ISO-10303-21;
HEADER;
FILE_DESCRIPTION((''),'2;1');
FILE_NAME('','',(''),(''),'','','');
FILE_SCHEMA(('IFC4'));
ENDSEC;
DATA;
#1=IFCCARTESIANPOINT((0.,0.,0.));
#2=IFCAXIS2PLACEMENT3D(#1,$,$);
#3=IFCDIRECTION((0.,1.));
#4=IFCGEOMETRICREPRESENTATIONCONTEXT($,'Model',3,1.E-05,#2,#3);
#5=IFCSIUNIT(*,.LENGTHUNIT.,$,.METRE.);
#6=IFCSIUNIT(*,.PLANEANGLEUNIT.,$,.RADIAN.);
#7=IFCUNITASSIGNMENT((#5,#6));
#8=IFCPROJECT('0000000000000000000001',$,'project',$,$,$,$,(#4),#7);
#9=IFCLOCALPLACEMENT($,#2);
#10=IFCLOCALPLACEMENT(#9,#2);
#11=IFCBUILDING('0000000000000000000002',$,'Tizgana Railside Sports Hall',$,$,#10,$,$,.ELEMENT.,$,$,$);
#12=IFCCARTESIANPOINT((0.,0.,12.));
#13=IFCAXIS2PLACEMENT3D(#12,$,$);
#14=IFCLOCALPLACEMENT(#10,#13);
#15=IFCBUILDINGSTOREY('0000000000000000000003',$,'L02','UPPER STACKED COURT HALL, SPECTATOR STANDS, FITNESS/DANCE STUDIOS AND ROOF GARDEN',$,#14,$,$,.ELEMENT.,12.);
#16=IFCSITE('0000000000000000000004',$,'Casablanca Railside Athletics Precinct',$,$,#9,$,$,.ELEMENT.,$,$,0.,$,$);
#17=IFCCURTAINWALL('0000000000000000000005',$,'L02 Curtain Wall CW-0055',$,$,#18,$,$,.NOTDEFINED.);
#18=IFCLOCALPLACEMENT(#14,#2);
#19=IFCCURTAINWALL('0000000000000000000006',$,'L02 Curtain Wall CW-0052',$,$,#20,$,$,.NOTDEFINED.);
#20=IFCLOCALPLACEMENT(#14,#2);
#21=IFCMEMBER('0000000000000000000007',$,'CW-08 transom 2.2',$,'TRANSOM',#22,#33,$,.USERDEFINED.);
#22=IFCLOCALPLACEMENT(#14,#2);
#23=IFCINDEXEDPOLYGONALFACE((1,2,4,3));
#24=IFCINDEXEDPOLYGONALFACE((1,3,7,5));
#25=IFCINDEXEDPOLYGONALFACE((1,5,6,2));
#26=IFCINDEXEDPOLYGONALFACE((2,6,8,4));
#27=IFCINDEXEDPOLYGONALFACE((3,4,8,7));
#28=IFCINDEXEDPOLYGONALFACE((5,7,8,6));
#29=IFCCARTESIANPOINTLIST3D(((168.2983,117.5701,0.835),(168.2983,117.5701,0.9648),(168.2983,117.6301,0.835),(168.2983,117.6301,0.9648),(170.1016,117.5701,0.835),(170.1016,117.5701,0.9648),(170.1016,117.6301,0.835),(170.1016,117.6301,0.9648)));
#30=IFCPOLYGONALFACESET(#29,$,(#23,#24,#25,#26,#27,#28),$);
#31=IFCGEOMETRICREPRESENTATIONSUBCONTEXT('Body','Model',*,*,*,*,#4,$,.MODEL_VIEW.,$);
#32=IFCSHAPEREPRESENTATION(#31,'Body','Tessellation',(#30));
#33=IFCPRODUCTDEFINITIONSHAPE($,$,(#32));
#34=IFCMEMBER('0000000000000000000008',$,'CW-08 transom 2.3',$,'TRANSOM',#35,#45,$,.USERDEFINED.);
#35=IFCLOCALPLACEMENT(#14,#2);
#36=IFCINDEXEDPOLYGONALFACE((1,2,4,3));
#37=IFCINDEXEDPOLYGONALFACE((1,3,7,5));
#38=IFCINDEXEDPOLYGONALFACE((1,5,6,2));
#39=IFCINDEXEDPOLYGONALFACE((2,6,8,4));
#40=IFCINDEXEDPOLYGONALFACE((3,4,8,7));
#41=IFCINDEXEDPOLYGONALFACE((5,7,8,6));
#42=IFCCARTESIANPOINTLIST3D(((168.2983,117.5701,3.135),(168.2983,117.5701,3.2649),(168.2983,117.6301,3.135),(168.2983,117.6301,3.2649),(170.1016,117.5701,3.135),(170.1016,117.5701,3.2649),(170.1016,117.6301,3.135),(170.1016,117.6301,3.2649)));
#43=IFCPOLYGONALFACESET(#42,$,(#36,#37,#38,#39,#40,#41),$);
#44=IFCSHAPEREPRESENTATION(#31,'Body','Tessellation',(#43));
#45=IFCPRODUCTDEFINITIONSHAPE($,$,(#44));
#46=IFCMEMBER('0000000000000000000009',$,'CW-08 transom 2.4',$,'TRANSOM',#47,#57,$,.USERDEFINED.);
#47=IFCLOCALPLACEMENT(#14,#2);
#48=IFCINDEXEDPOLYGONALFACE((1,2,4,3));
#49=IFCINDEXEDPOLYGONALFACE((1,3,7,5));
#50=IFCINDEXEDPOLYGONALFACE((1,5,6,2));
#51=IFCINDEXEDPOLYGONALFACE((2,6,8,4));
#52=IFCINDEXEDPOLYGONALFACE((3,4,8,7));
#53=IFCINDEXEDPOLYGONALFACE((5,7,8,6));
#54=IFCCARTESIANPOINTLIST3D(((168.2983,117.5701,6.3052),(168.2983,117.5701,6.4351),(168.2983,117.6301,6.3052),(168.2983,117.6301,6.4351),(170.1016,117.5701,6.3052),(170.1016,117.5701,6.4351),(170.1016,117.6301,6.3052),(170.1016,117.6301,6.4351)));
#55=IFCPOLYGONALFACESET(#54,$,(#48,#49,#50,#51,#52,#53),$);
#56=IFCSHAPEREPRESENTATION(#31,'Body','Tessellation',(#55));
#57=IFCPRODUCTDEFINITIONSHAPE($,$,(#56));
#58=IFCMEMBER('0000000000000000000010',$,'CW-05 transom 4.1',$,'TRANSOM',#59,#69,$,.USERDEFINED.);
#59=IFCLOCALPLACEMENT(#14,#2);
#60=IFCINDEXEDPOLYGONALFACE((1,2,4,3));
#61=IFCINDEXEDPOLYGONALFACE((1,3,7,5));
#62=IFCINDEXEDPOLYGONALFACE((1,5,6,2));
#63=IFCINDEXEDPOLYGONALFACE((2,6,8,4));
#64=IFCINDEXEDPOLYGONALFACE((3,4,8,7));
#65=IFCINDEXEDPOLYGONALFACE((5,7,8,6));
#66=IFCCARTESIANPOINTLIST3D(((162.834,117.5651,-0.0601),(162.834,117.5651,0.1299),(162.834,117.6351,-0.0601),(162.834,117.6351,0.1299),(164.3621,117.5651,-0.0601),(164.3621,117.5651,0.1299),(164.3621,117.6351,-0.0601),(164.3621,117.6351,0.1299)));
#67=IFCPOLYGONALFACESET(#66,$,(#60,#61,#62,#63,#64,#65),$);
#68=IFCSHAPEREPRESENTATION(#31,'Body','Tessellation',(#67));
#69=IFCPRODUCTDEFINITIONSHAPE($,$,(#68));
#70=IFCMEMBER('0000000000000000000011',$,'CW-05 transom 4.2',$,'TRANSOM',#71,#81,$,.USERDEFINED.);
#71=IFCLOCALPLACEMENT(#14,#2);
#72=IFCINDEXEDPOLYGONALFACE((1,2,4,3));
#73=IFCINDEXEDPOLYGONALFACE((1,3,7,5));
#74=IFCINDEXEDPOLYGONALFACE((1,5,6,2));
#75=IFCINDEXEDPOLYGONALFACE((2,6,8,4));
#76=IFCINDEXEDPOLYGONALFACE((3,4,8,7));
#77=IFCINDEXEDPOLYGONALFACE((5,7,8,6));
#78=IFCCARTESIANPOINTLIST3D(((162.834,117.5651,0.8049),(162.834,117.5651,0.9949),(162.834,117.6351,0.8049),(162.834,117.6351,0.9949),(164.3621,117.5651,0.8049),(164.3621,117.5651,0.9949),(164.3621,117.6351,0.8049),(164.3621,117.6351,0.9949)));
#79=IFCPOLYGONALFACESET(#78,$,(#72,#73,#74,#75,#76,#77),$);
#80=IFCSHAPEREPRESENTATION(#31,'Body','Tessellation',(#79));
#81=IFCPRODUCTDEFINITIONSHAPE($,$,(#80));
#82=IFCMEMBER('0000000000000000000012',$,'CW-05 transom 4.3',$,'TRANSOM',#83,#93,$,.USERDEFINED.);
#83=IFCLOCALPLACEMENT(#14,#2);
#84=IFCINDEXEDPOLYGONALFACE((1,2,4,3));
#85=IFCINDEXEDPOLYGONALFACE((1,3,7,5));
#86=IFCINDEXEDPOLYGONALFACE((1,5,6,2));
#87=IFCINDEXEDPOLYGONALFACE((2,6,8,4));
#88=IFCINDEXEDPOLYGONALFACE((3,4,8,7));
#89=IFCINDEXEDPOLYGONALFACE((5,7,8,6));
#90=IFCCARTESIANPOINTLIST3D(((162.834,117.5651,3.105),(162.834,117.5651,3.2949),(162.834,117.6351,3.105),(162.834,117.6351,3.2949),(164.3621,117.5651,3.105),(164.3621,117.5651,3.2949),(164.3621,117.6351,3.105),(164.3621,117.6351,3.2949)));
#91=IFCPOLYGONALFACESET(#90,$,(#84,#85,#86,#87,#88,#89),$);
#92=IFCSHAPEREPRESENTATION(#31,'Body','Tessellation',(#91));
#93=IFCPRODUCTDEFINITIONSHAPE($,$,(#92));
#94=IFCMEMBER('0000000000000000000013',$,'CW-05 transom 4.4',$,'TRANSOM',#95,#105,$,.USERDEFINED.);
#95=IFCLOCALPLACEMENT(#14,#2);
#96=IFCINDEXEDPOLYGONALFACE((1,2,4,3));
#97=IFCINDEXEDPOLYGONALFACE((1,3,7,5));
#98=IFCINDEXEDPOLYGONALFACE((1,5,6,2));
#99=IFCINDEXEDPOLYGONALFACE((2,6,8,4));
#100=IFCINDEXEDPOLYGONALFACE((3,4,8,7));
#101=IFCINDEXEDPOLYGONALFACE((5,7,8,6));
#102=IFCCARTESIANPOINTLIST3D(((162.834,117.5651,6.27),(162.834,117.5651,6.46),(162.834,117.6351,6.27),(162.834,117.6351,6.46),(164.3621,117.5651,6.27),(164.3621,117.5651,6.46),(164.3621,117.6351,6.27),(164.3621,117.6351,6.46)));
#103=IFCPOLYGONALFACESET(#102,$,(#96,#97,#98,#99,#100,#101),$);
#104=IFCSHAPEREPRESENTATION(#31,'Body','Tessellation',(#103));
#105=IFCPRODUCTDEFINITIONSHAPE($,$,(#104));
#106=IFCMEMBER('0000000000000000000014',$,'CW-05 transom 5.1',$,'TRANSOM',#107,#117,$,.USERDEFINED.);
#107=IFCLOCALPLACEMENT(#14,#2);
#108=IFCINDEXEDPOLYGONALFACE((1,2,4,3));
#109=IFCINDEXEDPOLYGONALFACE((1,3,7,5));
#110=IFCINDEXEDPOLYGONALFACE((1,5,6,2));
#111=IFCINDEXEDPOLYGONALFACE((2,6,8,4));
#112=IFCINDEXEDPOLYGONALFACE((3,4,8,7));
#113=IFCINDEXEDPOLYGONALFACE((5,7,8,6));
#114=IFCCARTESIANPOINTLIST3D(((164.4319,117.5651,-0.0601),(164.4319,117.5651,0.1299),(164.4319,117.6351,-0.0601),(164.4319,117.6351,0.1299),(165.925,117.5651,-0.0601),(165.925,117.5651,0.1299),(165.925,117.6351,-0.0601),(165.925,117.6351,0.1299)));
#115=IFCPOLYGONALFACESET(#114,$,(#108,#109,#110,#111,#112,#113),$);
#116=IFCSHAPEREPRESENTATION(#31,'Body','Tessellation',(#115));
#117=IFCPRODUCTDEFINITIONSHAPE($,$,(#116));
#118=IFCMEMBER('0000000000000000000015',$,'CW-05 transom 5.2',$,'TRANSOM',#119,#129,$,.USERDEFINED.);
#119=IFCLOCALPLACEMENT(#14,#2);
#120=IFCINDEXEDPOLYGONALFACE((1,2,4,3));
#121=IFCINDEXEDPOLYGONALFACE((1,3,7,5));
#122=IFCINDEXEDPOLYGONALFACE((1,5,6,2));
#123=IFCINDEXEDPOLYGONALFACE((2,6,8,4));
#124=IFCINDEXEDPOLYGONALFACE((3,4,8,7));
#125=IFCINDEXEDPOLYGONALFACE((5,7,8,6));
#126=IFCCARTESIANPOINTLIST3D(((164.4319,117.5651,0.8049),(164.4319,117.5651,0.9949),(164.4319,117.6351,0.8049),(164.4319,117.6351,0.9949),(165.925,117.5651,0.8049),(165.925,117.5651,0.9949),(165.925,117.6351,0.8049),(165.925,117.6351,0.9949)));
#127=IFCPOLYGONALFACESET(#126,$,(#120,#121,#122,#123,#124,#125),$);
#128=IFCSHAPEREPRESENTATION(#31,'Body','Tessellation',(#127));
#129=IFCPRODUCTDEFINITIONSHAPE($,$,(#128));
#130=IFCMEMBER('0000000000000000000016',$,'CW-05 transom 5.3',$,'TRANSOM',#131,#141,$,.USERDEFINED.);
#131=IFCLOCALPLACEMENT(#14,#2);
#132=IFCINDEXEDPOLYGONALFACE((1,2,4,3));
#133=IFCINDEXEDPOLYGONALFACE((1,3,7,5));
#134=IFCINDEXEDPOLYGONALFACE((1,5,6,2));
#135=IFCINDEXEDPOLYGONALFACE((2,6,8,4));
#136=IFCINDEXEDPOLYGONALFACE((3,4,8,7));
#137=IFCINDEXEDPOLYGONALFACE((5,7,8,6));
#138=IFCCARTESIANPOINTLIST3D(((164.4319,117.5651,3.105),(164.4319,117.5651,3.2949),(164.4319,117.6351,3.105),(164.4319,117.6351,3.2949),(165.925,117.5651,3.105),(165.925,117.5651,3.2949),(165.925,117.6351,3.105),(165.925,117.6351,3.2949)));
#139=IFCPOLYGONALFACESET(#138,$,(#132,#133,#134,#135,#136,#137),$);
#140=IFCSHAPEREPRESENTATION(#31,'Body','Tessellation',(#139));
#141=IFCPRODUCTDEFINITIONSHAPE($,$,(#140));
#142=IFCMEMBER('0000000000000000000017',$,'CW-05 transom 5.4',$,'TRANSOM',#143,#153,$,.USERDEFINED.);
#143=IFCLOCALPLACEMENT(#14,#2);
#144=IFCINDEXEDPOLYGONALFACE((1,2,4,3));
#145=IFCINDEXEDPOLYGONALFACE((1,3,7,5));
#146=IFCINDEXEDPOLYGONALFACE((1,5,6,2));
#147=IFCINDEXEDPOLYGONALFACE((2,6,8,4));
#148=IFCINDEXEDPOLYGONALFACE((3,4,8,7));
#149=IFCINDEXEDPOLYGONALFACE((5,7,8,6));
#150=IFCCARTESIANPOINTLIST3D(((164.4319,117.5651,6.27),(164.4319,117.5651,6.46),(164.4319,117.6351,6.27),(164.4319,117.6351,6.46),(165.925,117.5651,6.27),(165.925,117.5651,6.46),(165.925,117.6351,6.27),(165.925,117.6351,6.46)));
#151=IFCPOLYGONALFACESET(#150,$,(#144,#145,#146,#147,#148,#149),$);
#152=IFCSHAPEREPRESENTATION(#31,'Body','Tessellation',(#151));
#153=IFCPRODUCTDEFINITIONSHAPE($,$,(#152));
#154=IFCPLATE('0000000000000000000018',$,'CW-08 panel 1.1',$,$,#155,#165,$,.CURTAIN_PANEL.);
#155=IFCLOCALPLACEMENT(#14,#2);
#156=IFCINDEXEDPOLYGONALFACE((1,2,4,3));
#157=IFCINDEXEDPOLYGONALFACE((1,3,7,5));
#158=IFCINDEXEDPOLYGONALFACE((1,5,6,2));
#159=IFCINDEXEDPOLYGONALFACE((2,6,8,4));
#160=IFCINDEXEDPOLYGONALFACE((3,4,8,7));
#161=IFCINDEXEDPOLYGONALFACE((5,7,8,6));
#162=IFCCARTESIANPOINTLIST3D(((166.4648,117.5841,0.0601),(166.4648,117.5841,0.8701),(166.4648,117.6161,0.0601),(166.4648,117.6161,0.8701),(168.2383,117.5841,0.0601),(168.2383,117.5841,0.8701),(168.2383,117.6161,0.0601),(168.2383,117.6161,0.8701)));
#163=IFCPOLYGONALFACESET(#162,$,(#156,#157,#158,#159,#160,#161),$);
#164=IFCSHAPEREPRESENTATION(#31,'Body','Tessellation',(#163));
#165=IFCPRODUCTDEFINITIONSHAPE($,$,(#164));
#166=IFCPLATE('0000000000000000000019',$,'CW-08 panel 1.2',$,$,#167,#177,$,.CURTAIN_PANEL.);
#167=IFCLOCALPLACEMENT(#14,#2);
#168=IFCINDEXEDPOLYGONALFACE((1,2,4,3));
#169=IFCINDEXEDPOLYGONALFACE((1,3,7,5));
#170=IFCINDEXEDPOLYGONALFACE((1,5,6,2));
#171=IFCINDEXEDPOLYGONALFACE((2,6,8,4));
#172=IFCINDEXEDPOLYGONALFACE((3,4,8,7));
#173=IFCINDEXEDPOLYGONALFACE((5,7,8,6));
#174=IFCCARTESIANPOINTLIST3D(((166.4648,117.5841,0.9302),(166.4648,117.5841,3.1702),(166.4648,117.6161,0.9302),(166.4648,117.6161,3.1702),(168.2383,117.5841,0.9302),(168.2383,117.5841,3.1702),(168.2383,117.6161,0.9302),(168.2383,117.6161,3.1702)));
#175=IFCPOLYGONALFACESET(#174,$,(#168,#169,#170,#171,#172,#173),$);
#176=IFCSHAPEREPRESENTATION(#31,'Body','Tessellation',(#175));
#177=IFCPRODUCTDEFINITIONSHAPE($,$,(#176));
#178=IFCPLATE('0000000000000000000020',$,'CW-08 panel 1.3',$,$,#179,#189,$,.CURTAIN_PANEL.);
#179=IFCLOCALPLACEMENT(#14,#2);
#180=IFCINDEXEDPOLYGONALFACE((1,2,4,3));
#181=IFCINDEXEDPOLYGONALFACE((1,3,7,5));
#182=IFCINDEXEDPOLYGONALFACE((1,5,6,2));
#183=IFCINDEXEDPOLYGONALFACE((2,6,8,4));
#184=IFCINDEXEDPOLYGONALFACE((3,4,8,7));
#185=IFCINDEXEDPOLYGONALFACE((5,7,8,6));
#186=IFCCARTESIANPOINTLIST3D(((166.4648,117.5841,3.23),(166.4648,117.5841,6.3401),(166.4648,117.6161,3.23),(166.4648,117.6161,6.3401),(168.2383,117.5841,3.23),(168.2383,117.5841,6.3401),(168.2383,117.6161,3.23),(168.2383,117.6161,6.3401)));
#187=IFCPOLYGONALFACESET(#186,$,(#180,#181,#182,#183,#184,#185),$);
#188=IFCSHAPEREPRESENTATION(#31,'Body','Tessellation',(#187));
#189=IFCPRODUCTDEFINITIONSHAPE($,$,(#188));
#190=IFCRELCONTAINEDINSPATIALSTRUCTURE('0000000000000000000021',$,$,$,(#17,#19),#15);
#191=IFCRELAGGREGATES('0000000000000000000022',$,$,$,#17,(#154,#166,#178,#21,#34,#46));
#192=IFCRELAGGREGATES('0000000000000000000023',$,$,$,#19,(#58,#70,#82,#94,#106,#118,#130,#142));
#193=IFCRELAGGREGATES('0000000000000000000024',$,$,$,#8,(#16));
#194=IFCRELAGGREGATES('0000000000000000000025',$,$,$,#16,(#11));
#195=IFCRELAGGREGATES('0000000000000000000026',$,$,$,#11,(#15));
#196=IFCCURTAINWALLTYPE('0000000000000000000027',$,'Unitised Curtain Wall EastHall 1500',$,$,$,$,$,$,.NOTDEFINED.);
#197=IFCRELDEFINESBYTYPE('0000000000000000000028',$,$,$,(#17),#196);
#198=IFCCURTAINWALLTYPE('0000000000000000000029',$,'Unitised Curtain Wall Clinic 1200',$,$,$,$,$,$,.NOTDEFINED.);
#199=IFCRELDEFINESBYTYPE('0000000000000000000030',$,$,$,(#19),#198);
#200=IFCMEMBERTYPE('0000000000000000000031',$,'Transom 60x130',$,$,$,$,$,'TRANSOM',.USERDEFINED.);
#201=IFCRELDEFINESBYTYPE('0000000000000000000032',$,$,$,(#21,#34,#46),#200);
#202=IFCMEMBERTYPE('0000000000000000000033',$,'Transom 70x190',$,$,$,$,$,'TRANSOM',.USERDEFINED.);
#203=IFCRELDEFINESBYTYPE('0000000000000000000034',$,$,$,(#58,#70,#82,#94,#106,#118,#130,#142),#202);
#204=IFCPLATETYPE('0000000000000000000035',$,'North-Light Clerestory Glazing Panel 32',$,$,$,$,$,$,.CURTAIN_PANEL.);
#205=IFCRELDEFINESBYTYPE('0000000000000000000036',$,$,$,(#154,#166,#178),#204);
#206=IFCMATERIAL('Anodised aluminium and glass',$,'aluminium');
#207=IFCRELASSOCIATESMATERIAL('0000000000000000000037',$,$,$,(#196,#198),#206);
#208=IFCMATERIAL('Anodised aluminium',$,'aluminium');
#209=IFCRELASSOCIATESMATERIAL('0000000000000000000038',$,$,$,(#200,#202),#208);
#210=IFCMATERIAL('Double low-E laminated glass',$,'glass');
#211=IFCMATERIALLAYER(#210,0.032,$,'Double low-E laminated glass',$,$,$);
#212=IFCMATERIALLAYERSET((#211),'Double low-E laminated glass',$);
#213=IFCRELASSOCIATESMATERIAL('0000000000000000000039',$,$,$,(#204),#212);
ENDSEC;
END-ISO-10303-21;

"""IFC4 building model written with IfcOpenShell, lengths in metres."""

from ifc_helpers import new_model, si_unit, direction, frame, origin, origin_2d, place, context, subcontext, project, spatial, rectangle, extrude, material, layer, layer_set, material_profile, profile_set, type_object, element, aggregate, save


model = new_model("IFC4")

# Units and contexts
model_context = context("Model", 3, precision=1e-05, world=origin(), true_north=direction((0.0, 1.0)))
body_context = subcontext(model_context, "Body", "Model", "MODEL_VIEW")
ifc_project = project(units=[si_unit("LENGTHUNIT", "METRE"), si_unit("PLANEANGLEUNIT", "RADIAN")], contexts=[model_context])

# Site, building, storey
site_placement = place(None, origin())
site = spatial("IfcSite", under=ifc_project, at=site_placement, Name="Casablanca Railside Athletics Precinct", CompositionType="ELEMENT", RefElevation=0.0)
building_placement = place(site_placement, origin())
building = spatial("IfcBuilding", under=site, at=building_placement, Name="Tizgana Railside Sports Hall", CompositionType="ELEMENT")
storey_placement = place(building_placement, frame((0.0, 0.0, 12.0)))
storey = spatial("IfcBuildingStorey", under=building, at=storey_placement, Name="L02", Description="UPPER STACKED COURT HALL, SPECTATOR STANDS, FITNESS/DANCE STUDIOS AND ROOF GARDEN", CompositionType="ELEMENT", Elevation=12.0)

# Curtain walls
ifc_material_1 = material(Name="Anodised aluminium and glass", Category="aluminium")
curtain_wall_type_1 = type_object("IfcCurtainWallType", Name="Unitised Curtain Wall EastHall 1500", PredefinedType="NOTDEFINED", material=ifc_material_1)
curtain_wall_1_placement = place(storey_placement, origin())
curtain_wall_1 = element("IfcCurtainWall", 1, at=curtain_wall_1_placement, inside=storey, type_object=curtain_wall_type_1, Name="L02 Curtain Wall CW-0055", PredefinedType="NOTDEFINED")
ifc_material_2 = material(Name="Anodised aluminium", Category="aluminium")
curtain_wall_type_2 = type_object("IfcCurtainWallType", Name="Unitised Curtain Wall Clinic 1200", PredefinedType="NOTDEFINED", material=ifc_material_1)
curtain_wall_2_placement = place(storey_placement, origin())
curtain_wall_2 = element("IfcCurtainWall", 2, at=curtain_wall_2_placement, inside=storey, type_object=curtain_wall_type_2, Name="L02 Curtain Wall CW-0052", PredefinedType="NOTDEFINED")

# Members
ifc_material_profile_1 = material_profile(ifc_material_2, rectangle(XDim=0.0601, YDim=0.1299, at=origin_2d()), Name="Transom 60x130")
ifc_profile_set_1 = profile_set([ifc_material_profile_1], Name="Anodised aluminium")
member_type_1 = type_object("IfcMemberType", Name="Transom 60x130", ElementType="TRANSOM", PredefinedType="USERDEFINED", material=ifc_profile_set_1)
member_1_placement = place(storey_placement, frame((168.2983, 117.6001, 0.8999), z_axis=(1.0, 0.0, 0.0), x_axis=(0.0, 1.0, 0.0)))
member_1 = element("IfcMember", 3, at=member_1_placement, type_object=member_type_1, Name="CW-08 transom 2.2", ObjectType="TRANSOM", PredefinedType="USERDEFINED", context=body_context, shape_type="SweptSolid", body=[
    extrude(rectangle(XDim=0.0601, YDim=0.1299, at=origin_2d()), origin(), (0.0, 0.0, 1.0), 1.8032),
])
member_2_placement = place(storey_placement, frame((168.2983, 117.6001, 3.2), z_axis=(1.0, 0.0, 0.0), x_axis=(0.0, 1.0, 0.0)))
member_2 = element("IfcMember", 4, at=member_2_placement, type_object=member_type_1, Name="CW-08 transom 2.3", ObjectType="TRANSOM", PredefinedType="USERDEFINED", context=body_context, shape_type="SweptSolid", body=[
    extrude(rectangle(XDim=0.0601, YDim=0.1299, at=origin_2d()), origin(), (0.0, 0.0, 1.0), 1.8032),
])
member_3_placement = place(storey_placement, frame((168.2983, 117.6001, 6.3701), z_axis=(1.0, 0.0, 0.0), x_axis=(0.0, 1.0, 0.0)))
member_3 = element("IfcMember", 5, at=member_3_placement, type_object=member_type_1, Name="CW-08 transom 2.4", ObjectType="TRANSOM", PredefinedType="USERDEFINED", context=body_context, shape_type="SweptSolid", body=[
    extrude(rectangle(XDim=0.0601, YDim=0.1299, at=origin_2d()), origin(), (0.0, 0.0, 1.0), 1.8032),
])
ifc_material_profile_2 = material_profile(ifc_material_2, rectangle(XDim=0.0701, YDim=0.1899, at=origin_2d()), Name="Transom 70x190")
ifc_profile_set_2 = profile_set([ifc_material_profile_2], Name="Anodised aluminium")
member_type_2 = type_object("IfcMemberType", Name="Transom 70x190", ElementType="TRANSOM", PredefinedType="USERDEFINED", material=ifc_profile_set_2)
member_4_placement = place(storey_placement, frame((162.834, 117.6001, 0.0349), z_axis=(1.0, 0.0, 0.0), x_axis=(0.0, 1.0, 0.0)))
member_4 = element("IfcMember", 6, at=member_4_placement, type_object=member_type_2, Name="CW-05 transom 4.1", ObjectType="TRANSOM", PredefinedType="USERDEFINED", context=body_context, shape_type="SweptSolid", body=[
    extrude(rectangle(XDim=0.0701, YDim=0.1899, at=origin_2d()), origin(), (0.0, 0.0, 1.0), 1.5281),
])
member_5_placement = place(storey_placement, frame((162.834, 117.6001, 0.8999), z_axis=(1.0, 0.0, 0.0), x_axis=(0.0, 1.0, 0.0)))
member_5 = element("IfcMember", 7, at=member_5_placement, type_object=member_type_2, Name="CW-05 transom 4.2", ObjectType="TRANSOM", PredefinedType="USERDEFINED", context=body_context, shape_type="SweptSolid", body=[
    extrude(rectangle(XDim=0.0701, YDim=0.1899, at=origin_2d()), origin(), (0.0, 0.0, 1.0), 1.5281),
])
member_6_placement = place(storey_placement, frame((162.834, 117.6001, 3.2), z_axis=(1.0, 0.0, 0.0), x_axis=(0.0, 1.0, 0.0)))
member_6 = element("IfcMember", 8, at=member_6_placement, type_object=member_type_2, Name="CW-05 transom 4.3", ObjectType="TRANSOM", PredefinedType="USERDEFINED", context=body_context, shape_type="SweptSolid", body=[
    extrude(rectangle(XDim=0.0701, YDim=0.1899, at=origin_2d()), origin(), (0.0, 0.0, 1.0), 1.5281),
])
member_7_placement = place(storey_placement, frame((162.834, 117.6001, 6.365), z_axis=(1.0, 0.0, 0.0), x_axis=(0.0, 1.0, 0.0)))
member_7 = element("IfcMember", 9, at=member_7_placement, type_object=member_type_2, Name="CW-05 transom 4.4", ObjectType="TRANSOM", PredefinedType="USERDEFINED", context=body_context, shape_type="SweptSolid", body=[
    extrude(rectangle(XDim=0.0701, YDim=0.1899, at=origin_2d()), origin(), (0.0, 0.0, 1.0), 1.5281),
])
member_8_placement = place(storey_placement, frame((164.4319, 117.6001, 0.0349), z_axis=(1.0, 0.0, 0.0), x_axis=(0.0, 1.0, 0.0)))
member_8 = element("IfcMember", 10, at=member_8_placement, type_object=member_type_2, Name="CW-05 transom 5.1", ObjectType="TRANSOM", PredefinedType="USERDEFINED", context=body_context, shape_type="SweptSolid", body=[
    extrude(rectangle(XDim=0.0701, YDim=0.1899, at=origin_2d()), origin(), (0.0, 0.0, 1.0), 1.4932),
])
member_9_placement = place(storey_placement, frame((164.4319, 117.6001, 0.8999), z_axis=(1.0, 0.0, 0.0), x_axis=(0.0, 1.0, 0.0)))
member_9 = element("IfcMember", 11, at=member_9_placement, type_object=member_type_2, Name="CW-05 transom 5.2", ObjectType="TRANSOM", PredefinedType="USERDEFINED", context=body_context, shape_type="SweptSolid", body=[
    extrude(rectangle(XDim=0.0701, YDim=0.1899, at=origin_2d()), origin(), (0.0, 0.0, 1.0), 1.4932),
])
member_10_placement = place(storey_placement, frame((164.4319, 117.6001, 3.2), z_axis=(1.0, 0.0, 0.0), x_axis=(0.0, 1.0, 0.0)))
member_10 = element("IfcMember", 12, at=member_10_placement, type_object=member_type_2, Name="CW-05 transom 5.3", ObjectType="TRANSOM", PredefinedType="USERDEFINED", context=body_context, shape_type="SweptSolid", body=[
    extrude(rectangle(XDim=0.0701, YDim=0.1899, at=origin_2d()), origin(), (0.0, 0.0, 1.0), 1.4932),
])
member_11_placement = place(storey_placement, frame((164.4319, 117.6001, 6.365), z_axis=(1.0, 0.0, 0.0), x_axis=(0.0, 1.0, 0.0)))
member_11 = element("IfcMember", 13, at=member_11_placement, type_object=member_type_2, Name="CW-05 transom 5.4", ObjectType="TRANSOM", PredefinedType="USERDEFINED", context=body_context, shape_type="SweptSolid", body=[
    extrude(rectangle(XDim=0.0701, YDim=0.1899, at=origin_2d()), origin(), (0.0, 0.0, 1.0), 1.4932),
])

# Plates
ifc_material_3 = material(Name="Double low-E laminated glass", Category="glass")
ifc_layer_1 = layer(ifc_material_3, 0.032, Name="Double low-E laminated glass")
ifc_layer_set_1 = layer_set([ifc_layer_1], Name="Double low-E laminated glass")
plate_type_1 = type_object("IfcPlateType", Name="North-Light Clerestory Glazing Panel 32", PredefinedType="CURTAIN_PANEL", material=ifc_layer_set_1)
plate_1_placement = place(storey_placement, frame((167.3516, 117.6001, 0.0601), z_axis=(0.0, 0.0, 1.0), x_axis=(1.0, 0.0, 0.0)))
plate_1 = element("IfcPlate", 14, at=plate_1_placement, type_object=plate_type_1, Name="CW-08 panel 1.1", PredefinedType="CURTAIN_PANEL", context=body_context, shape_type="SweptSolid", body=[
    extrude(rectangle(XDim=1.7734, YDim=0.032, at=origin_2d()), origin(), (0.0, 0.0, 1.0), 0.8101),
])
plate_2_placement = place(storey_placement, frame((167.3516, 117.6001, 0.9302), z_axis=(0.0, 0.0, 1.0), x_axis=(1.0, 0.0, 0.0)))
plate_2 = element("IfcPlate", 15, at=plate_2_placement, type_object=plate_type_1, Name="CW-08 panel 1.2", PredefinedType="CURTAIN_PANEL", context=body_context, shape_type="SweptSolid", body=[
    extrude(rectangle(XDim=1.7734, YDim=0.032, at=origin_2d()), origin(), (0.0, 0.0, 1.0), 2.24),
])
plate_3_placement = place(storey_placement, frame((167.3516, 117.6001, 3.23), z_axis=(0.0, 0.0, 1.0), x_axis=(1.0, 0.0, 0.0)))
plate_3 = element("IfcPlate", 16, at=plate_3_placement, type_object=plate_type_1, Name="CW-08 panel 1.3", PredefinedType="CURTAIN_PANEL", context=body_context, shape_type="SweptSolid", body=[
    extrude(rectangle(XDim=1.7734, YDim=0.032, at=origin_2d()), origin(), (0.0, 0.0, 1.0), 3.1101),
])
aggregate(curtain_wall_1, [plate_1, plate_2, plate_3, member_1, member_2, member_3])
aggregate(curtain_wall_2, [member_4, member_5, member_6, member_7, member_8, member_9, member_10, member_11])

save(model, "model.ifc")
